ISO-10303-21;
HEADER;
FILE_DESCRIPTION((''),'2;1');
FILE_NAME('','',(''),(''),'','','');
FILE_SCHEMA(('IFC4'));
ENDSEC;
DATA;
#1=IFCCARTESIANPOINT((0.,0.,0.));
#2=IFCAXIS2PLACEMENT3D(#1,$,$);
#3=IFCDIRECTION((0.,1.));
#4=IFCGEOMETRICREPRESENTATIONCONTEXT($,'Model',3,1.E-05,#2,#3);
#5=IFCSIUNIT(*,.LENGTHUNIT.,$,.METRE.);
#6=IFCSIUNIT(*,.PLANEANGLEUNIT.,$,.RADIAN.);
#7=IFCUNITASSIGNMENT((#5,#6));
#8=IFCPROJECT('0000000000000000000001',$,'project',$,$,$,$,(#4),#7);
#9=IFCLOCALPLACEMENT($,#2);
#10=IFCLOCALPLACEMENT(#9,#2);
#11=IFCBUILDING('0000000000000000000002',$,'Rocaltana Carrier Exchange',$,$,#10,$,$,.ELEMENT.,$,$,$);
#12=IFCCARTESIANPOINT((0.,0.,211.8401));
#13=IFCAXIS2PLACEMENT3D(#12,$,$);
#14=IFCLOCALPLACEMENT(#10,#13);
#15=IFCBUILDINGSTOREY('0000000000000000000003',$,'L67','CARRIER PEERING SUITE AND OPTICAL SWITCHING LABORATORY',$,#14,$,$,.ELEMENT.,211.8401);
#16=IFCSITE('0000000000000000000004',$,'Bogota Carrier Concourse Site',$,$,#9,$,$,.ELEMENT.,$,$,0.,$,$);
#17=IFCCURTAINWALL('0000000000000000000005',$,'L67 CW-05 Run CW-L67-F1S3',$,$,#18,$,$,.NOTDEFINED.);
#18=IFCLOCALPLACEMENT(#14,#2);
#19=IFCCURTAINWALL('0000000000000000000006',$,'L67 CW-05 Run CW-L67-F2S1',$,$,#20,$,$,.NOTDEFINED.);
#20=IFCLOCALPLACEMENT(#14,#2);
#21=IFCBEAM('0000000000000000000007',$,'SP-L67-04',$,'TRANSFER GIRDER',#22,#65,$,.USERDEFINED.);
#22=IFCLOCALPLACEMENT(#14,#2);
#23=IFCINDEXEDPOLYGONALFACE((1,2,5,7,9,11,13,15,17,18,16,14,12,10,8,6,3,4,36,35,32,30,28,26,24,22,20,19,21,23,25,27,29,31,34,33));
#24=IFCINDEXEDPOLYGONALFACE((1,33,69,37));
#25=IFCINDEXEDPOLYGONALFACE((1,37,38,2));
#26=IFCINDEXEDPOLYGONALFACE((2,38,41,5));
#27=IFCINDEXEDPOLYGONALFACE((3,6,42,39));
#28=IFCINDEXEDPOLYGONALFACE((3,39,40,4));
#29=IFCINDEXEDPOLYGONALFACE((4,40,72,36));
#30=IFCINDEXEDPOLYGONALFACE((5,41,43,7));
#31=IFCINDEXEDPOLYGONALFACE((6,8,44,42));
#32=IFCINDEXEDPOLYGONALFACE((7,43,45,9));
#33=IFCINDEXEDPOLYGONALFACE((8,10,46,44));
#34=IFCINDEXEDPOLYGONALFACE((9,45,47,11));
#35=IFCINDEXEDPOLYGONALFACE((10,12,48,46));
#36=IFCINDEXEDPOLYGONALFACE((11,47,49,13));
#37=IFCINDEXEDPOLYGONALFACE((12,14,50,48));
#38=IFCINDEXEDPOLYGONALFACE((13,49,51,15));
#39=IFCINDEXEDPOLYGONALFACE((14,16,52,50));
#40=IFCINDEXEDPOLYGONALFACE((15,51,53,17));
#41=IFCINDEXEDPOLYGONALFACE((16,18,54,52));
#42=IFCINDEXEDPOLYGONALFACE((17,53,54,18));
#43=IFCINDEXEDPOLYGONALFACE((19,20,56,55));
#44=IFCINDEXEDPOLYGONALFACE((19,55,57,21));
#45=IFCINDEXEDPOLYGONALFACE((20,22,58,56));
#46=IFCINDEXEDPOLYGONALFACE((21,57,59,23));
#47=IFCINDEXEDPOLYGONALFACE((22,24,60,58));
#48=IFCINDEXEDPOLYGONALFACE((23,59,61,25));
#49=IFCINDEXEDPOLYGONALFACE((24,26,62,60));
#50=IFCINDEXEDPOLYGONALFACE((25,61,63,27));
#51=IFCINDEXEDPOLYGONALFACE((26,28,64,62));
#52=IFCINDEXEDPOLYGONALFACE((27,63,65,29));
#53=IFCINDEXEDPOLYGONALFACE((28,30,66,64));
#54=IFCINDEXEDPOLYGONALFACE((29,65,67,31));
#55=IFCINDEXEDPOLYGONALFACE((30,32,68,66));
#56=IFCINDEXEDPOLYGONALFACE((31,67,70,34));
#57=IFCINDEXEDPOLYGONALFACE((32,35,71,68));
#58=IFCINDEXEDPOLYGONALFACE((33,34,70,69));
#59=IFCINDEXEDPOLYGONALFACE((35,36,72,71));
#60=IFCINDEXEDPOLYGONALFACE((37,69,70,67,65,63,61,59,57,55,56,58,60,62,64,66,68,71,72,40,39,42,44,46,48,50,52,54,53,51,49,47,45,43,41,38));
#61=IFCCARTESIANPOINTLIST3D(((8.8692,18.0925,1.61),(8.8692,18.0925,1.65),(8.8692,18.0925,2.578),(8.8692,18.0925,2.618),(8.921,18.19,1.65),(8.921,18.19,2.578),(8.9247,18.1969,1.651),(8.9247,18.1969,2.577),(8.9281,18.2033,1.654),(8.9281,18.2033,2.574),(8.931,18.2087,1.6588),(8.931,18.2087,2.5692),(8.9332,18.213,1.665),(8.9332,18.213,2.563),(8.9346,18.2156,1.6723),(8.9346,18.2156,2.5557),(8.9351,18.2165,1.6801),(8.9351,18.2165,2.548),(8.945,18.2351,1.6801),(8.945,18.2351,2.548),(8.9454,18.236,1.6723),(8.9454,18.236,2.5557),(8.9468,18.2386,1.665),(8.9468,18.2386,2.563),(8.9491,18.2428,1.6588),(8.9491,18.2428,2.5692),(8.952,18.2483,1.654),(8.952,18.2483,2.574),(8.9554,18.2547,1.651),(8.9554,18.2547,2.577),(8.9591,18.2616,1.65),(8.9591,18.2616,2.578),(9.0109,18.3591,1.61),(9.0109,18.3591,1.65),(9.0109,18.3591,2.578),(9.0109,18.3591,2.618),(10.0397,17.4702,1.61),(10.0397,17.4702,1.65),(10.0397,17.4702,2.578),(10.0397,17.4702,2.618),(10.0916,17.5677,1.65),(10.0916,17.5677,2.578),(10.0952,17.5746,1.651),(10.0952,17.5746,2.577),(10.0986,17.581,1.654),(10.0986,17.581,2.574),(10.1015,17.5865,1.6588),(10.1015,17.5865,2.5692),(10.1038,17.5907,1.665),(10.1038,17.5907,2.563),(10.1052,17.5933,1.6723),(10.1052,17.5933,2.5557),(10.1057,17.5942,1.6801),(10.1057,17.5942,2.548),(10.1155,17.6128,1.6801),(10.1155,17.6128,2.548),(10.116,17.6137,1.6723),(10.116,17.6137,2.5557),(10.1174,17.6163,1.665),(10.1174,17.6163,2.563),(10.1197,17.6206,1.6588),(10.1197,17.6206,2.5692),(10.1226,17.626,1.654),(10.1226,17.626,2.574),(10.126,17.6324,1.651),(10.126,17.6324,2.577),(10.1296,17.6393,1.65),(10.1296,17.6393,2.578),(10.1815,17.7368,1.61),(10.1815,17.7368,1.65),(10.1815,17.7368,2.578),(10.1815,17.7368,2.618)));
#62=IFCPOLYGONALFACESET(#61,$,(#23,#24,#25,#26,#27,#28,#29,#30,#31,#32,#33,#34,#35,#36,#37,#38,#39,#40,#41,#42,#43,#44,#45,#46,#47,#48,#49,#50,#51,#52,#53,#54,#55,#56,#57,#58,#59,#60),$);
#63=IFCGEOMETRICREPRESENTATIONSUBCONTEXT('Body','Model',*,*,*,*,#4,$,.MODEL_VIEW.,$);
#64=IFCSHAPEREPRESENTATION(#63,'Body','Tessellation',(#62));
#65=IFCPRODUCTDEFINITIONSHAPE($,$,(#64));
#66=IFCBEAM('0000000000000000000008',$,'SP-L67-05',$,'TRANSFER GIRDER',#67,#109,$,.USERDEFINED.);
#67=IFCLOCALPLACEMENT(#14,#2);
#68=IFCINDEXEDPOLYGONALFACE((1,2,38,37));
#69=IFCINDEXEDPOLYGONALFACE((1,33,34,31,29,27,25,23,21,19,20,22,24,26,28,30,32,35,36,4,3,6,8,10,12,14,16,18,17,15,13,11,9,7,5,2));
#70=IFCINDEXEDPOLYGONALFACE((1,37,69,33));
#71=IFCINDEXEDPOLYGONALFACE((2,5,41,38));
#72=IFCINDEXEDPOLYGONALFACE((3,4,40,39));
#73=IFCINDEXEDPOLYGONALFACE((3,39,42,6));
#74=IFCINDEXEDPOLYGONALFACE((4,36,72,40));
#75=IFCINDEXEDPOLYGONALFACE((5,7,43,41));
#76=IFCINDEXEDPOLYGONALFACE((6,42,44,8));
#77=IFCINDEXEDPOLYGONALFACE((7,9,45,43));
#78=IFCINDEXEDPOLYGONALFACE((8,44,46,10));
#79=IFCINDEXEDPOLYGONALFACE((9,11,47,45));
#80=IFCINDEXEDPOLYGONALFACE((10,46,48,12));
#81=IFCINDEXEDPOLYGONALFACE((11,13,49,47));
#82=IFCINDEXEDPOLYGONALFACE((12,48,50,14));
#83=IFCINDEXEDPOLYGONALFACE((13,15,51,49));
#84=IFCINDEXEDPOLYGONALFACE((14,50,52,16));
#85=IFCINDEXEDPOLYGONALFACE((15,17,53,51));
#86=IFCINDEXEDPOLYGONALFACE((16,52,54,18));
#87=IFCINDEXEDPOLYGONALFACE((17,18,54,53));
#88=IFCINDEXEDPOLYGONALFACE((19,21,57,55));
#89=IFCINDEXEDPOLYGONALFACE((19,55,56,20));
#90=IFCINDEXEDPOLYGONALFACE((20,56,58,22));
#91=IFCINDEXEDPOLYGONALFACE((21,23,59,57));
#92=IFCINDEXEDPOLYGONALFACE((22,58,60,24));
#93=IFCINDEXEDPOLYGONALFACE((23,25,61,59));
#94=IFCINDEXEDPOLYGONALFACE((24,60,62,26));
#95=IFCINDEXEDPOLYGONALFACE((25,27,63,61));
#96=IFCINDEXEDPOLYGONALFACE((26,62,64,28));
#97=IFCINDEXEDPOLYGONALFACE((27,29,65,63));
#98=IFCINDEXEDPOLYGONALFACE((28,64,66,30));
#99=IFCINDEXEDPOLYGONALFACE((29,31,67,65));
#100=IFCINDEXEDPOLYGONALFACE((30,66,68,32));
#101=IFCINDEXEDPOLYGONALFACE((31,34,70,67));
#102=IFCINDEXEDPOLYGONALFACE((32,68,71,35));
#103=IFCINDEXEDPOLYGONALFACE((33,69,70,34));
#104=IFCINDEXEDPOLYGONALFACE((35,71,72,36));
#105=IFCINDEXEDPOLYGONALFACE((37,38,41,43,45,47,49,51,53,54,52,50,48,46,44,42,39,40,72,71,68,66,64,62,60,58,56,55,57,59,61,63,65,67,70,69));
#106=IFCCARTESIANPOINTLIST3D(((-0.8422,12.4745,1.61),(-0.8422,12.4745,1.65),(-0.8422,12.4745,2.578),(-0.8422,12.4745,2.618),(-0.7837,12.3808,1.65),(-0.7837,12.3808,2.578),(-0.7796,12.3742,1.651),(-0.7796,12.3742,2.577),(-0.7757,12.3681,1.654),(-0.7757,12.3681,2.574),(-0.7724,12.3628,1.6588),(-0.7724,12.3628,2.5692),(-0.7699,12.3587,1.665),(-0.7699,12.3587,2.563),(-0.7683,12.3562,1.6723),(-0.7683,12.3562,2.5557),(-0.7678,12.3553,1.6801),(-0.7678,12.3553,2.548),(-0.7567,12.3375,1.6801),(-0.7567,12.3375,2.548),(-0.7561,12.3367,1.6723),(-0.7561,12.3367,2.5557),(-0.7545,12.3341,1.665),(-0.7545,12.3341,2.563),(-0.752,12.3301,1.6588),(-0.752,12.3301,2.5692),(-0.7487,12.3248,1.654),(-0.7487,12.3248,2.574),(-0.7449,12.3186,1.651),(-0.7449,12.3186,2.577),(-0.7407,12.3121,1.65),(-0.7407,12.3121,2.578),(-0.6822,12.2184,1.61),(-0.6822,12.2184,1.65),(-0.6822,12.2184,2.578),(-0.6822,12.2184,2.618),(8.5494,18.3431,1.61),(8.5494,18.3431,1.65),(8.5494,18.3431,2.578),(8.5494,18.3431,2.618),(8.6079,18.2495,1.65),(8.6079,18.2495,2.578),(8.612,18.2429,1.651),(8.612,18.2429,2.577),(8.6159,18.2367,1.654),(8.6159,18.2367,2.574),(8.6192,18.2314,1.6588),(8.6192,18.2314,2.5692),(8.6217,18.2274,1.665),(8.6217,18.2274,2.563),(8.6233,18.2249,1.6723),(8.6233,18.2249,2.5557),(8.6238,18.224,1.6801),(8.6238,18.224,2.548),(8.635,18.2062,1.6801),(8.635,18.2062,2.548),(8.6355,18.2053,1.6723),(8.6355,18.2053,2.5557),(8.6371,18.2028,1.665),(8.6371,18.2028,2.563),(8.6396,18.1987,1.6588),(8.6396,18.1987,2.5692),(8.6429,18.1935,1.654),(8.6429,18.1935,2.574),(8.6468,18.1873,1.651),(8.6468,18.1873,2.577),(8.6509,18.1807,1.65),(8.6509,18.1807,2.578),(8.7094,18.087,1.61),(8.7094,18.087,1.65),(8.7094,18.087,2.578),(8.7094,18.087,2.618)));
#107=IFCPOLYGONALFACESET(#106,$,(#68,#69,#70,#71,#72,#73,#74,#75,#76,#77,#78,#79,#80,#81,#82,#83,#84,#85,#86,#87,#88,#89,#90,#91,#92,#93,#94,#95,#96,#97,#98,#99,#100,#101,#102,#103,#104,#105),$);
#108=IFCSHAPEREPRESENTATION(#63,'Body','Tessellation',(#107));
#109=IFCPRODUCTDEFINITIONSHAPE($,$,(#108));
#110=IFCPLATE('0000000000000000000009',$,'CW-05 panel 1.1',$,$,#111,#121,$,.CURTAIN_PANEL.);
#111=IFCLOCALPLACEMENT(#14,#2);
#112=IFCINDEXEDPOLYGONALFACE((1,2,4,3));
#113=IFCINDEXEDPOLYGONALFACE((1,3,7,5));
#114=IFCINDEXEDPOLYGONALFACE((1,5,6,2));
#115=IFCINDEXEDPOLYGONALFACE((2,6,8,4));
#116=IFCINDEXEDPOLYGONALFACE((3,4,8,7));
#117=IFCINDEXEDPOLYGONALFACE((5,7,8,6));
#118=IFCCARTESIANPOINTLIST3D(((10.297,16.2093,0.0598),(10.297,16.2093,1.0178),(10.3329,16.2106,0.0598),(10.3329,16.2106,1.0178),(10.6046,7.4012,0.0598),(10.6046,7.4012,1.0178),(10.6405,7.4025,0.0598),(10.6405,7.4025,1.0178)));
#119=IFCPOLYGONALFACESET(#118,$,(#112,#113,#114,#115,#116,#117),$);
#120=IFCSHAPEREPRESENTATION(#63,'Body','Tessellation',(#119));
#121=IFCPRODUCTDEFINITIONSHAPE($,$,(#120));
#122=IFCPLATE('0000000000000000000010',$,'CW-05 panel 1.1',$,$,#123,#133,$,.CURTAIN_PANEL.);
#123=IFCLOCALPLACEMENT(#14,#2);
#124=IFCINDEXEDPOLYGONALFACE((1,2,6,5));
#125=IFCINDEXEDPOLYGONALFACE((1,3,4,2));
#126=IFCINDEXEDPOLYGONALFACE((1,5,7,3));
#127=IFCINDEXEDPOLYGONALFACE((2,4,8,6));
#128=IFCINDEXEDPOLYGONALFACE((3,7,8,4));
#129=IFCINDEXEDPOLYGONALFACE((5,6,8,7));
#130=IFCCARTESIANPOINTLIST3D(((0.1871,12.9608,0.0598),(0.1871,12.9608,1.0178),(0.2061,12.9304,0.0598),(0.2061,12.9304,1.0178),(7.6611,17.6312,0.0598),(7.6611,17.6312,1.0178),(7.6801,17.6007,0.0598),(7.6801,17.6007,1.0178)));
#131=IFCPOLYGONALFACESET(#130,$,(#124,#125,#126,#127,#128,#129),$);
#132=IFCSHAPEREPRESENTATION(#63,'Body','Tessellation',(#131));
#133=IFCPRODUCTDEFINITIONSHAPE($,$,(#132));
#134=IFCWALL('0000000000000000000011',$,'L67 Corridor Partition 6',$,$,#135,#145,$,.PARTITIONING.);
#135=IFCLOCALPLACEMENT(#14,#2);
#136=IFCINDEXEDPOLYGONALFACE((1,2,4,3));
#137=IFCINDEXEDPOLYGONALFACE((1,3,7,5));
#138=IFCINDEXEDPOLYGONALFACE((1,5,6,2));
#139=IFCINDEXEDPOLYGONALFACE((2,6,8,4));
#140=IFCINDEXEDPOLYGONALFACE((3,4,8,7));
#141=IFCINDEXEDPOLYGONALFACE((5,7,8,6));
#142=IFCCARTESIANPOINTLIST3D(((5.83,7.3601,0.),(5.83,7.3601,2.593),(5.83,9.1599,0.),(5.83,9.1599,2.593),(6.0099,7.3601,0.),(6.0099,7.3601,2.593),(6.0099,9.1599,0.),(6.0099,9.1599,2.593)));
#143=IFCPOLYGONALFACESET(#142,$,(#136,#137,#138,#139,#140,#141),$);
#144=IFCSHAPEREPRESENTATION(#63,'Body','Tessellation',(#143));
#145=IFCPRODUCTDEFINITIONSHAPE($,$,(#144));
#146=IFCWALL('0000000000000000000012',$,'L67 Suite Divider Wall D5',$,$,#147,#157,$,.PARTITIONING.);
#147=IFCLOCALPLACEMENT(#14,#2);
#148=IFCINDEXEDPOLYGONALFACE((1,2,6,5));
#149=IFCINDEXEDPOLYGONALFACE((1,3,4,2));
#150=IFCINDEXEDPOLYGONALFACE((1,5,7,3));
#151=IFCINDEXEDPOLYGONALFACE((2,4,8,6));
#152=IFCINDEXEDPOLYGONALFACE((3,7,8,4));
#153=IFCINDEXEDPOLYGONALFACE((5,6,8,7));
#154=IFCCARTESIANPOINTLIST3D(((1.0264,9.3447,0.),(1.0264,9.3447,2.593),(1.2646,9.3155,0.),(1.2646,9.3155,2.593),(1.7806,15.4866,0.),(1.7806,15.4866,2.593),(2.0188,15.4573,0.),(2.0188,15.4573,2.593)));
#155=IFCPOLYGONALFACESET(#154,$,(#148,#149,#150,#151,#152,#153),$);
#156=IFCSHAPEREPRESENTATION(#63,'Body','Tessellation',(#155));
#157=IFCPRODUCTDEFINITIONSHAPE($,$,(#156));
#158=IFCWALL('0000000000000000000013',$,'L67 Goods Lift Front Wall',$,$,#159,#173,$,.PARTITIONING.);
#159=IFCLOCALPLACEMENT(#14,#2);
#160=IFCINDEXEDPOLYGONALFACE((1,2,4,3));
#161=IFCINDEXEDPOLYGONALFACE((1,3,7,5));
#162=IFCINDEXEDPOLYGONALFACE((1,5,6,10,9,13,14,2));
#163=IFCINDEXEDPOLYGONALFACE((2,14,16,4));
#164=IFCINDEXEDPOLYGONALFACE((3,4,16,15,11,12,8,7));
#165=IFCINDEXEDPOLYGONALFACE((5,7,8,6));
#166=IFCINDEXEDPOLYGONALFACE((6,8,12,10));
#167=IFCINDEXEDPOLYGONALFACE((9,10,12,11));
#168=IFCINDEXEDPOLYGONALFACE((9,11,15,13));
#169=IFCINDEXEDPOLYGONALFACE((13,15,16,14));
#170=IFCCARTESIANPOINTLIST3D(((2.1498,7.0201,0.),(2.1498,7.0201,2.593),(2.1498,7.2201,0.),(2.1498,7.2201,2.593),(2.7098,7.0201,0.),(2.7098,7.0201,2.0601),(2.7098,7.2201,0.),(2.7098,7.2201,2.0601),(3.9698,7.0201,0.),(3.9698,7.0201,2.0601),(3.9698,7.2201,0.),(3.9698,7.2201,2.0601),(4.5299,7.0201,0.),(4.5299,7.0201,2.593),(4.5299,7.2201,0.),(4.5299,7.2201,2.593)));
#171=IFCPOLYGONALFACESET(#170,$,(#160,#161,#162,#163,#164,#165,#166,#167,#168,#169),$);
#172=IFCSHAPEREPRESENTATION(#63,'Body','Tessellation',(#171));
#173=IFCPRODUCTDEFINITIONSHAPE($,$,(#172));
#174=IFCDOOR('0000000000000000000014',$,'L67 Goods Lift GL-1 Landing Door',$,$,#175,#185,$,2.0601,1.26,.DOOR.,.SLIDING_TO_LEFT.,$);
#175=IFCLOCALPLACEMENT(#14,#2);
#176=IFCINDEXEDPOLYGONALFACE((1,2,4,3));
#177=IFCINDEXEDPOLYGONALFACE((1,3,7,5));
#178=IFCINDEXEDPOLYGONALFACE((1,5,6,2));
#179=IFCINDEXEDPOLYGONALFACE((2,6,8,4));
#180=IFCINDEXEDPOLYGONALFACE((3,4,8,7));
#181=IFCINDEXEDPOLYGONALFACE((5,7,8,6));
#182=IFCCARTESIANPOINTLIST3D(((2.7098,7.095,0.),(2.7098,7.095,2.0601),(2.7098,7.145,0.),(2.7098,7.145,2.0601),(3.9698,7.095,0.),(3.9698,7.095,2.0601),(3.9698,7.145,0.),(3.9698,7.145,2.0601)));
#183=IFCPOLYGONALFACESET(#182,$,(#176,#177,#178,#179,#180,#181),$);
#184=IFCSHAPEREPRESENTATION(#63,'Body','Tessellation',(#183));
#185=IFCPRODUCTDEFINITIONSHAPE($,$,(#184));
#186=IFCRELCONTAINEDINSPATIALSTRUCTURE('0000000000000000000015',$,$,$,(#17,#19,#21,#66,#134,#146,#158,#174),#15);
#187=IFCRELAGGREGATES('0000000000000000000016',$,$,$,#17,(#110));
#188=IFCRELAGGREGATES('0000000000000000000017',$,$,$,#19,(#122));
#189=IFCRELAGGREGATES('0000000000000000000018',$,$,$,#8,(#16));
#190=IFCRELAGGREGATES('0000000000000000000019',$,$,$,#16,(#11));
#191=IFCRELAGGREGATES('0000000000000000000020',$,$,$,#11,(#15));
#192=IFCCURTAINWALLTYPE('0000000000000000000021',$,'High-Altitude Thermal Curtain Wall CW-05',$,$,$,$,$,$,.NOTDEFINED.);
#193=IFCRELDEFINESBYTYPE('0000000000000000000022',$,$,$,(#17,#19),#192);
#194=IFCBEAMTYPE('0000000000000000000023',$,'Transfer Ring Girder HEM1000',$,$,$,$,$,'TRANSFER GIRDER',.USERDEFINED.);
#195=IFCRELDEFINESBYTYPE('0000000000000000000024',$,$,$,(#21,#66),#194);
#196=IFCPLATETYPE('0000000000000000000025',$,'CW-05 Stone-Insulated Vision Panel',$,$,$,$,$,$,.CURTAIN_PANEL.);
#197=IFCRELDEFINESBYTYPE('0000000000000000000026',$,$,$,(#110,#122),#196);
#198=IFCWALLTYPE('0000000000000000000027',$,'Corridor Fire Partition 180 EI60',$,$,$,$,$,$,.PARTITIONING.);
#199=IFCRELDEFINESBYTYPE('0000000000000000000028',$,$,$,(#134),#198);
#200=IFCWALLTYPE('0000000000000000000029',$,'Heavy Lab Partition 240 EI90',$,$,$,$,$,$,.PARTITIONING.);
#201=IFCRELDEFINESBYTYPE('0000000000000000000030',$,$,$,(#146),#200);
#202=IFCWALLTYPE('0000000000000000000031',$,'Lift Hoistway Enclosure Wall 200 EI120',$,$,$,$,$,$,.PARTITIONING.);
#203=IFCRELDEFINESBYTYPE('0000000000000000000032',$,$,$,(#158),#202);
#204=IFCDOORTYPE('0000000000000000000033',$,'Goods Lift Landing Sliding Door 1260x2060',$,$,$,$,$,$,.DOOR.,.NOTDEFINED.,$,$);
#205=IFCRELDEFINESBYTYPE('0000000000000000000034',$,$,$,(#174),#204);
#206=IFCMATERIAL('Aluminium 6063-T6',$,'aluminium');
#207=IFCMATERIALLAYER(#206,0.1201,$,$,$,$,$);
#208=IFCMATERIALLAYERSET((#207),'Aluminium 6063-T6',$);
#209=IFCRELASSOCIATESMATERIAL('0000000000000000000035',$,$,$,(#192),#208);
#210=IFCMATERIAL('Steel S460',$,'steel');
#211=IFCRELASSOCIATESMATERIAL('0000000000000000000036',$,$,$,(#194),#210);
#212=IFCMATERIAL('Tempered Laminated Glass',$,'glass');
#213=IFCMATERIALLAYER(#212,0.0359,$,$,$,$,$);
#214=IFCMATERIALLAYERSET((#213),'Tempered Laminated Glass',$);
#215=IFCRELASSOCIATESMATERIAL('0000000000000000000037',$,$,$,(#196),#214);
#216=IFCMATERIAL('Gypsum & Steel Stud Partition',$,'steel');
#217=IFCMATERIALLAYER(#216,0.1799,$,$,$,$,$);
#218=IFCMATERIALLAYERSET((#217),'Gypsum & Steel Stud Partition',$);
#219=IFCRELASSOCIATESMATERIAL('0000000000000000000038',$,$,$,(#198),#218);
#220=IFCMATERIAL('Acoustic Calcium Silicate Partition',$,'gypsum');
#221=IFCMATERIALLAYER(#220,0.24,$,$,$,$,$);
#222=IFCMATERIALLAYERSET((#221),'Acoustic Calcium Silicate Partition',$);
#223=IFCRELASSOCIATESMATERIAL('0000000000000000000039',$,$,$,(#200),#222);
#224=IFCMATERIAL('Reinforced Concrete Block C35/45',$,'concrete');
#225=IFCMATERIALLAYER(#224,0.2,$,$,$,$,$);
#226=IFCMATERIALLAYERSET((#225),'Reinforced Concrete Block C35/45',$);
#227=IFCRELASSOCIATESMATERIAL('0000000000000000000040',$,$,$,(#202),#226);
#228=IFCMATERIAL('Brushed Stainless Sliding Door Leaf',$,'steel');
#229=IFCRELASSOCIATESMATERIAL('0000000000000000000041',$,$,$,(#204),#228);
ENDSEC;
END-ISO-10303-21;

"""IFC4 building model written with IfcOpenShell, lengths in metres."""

from ifc_helpers import new_model, si_unit, direction, frame, frame_2d, origin, origin_2d, place, context, subcontext, project, spatial, rectangle, i_section, extrude, material, layer, layer_set, material_profile, profile_set, type_object, element, fill, aggregate, save


model = new_model("IFC4")

# Units and contexts
model_context = context("Model", 3, precision=1e-05, world=origin(), true_north=direction((0.0, 1.0)))
body_context = subcontext(model_context, "Body", "Model", "MODEL_VIEW")
ifc_project = project(units=[si_unit("LENGTHUNIT", "METRE"), si_unit("PLANEANGLEUNIT", "RADIAN")], contexts=[model_context])

# Site, building, storey
site_placement = place(None, origin())
site = spatial("IfcSite", under=ifc_project, at=site_placement, Name="Bogota Carrier Concourse Site", CompositionType="ELEMENT", RefElevation=0.0)
building_placement = place(site_placement, origin())
building = spatial("IfcBuilding", under=site, at=building_placement, Name="Rocaltana Carrier Exchange", CompositionType="ELEMENT")
storey_placement = place(building_placement, frame((0.0, 0.0, 211.8401)))
storey = spatial("IfcBuildingStorey", under=building, at=storey_placement, Name="L67", Description="CARRIER PEERING SUITE AND OPTICAL SWITCHING LABORATORY", CompositionType="ELEMENT", Elevation=211.8401)

# Curtain walls
ifc_material_1 = material(Name="Aluminium 6063-T6", Category="aluminium")
ifc_layer_1 = layer(ifc_material_1, 0.1201)
ifc_layer_set_1 = layer_set([ifc_layer_1], Name="Aluminium 6063-T6")
curtain_wall_type = type_object("IfcCurtainWallType", Name="High-Altitude Thermal Curtain Wall CW-05", PredefinedType="NOTDEFINED", material=ifc_layer_set_1)
curtain_wall_1_placement = place(storey_placement, origin())
curtain_wall_1 = element("IfcCurtainWall", 1, at=curtain_wall_1_placement, inside=storey, type_object=curtain_wall_type, Name="L67 CW-05 Run CW-L67-F1S3", PredefinedType="NOTDEFINED")
curtain_wall_2_placement = place(storey_placement, origin())
curtain_wall_2 = element("IfcCurtainWall", 2, at=curtain_wall_2_placement, inside=storey, type_object=curtain_wall_type, Name="L67 CW-05 Run CW-L67-F2S1", PredefinedType="NOTDEFINED")

# Beams
ifc_material_2 = material(Name="Steel S460", Category="steel")
ifc_material_profile_1 = material_profile(ifc_material_2, i_section(OverallWidth=0.302, OverallDepth=1.0081, WebThickness=0.021, FlangeThickness=0.04, FilletRadius=0.03, at=origin_2d()), Name="HEM1000")
ifc_profile_set_1 = profile_set([ifc_material_profile_1], Name="Steel S460")
beam_type_1 = type_object("IfcBeamType", Name="Transfer Ring Girder HEM1000", ElementType="TRANSFER GIRDER", PredefinedType="USERDEFINED", material=ifc_profile_set_1)
beam_1_placement = place(storey_placement, frame((10.1106, 17.6035, 2.114), z_axis=(-0.882989, 0.469393, 0.0), x_axis=(-0.469393, -0.882989, 0.0)))
element("IfcBeam", 3, at=beam_1_placement, inside=storey, type_object=beam_type_1, Name="SP-L67-04", ObjectType="TRANSFER GIRDER", PredefinedType="USERDEFINED", context=body_context, shape_type="SweptSolid", body=[
    extrude(i_section(OverallWidth=0.302, OverallDepth=1.0081, WebThickness=0.021, FlangeThickness=0.04, FilletRadius=0.03, at=origin_2d()), origin(), (0.0, 0.0, 1.0), 1.3257),
])
beam_2_placement = place(storey_placement, frame((8.6294, 18.2151, 2.114), z_axis=(-0.848043, -0.529928, 0.0), x_axis=(0.529928, -0.848043, 0.0)))
element("IfcBeam", 4, at=beam_2_placement, inside=storey, type_object=beam_type_1, Name="SP-L67-05", ObjectType="TRANSFER GIRDER", PredefinedType="USERDEFINED", context=body_context, shape_type="SweptSolid", body=[
    extrude(i_section(OverallWidth=0.302, OverallDepth=1.0081, WebThickness=0.021, FlangeThickness=0.04, FilletRadius=0.03, at=origin_2d()), origin(), (0.0, 0.0, 1.0), 11.0745),
])

# Plates
ifc_material_3 = material(Name="Tempered Laminated Glass", Category="glass")
ifc_layer_2 = layer(ifc_material_3, 0.0359)
ifc_layer_set_2 = layer_set([ifc_layer_2], Name="Tempered Laminated Glass")
plate_type = type_object("IfcPlateType", Name="CW-05 Stone-Insulated Vision Panel", PredefinedType="CURTAIN_PANEL", material=ifc_layer_set_2)
plate_1_placement = place(storey_placement, frame((10.4688, 11.8059, 0.0598), z_axis=(0.0, 0.0, 1.0), x_axis=(-0.034903, 0.999391, 0.0)))
plate_1 = element("IfcPlate", 5, at=plate_1_placement, type_object=plate_type, Name="CW-05 panel 1.1", PredefinedType="CURTAIN_PANEL", context=body_context, shape_type="SweptSolid", body=[
    extrude(rectangle(XDim=8.8135, YDim=0.0359, at=origin_2d()), origin(), (0.0, 0.0, 1.0), 0.958),
])
aggregate(curtain_wall_1, [plate_1])
plate_2_placement = place(storey_placement, frame((3.9336, 15.2808, 0.0598), z_axis=(0.0, 0.0, 1.0), x_axis=(-0.848042, -0.529929, 0.0)))
plate_2 = element("IfcPlate", 6, at=plate_2_placement, type_object=plate_type, Name="CW-05 panel 1.1", PredefinedType="CURTAIN_PANEL", context=body_context, shape_type="SweptSolid", body=[
    extrude(rectangle(XDim=8.8132, YDim=0.0359, at=origin_2d()), origin(), (0.0, 0.0, 1.0), 0.958),
])
aggregate(curtain_wall_2, [plate_2])

# Walls
ifc_material_4 = material(Name="Gypsum & Steel Stud Partition", Category="steel")
ifc_layer_3 = layer(ifc_material_4, 0.1799)
ifc_layer_set_3 = layer_set([ifc_layer_3], Name="Gypsum & Steel Stud Partition")
wall_type_1 = type_object("IfcWallType", Name="Corridor Fire Partition 180 EI60", PredefinedType="PARTITIONING", material=ifc_layer_set_3)
wall_1_placement = place(storey_placement, frame((5.9199, 9.1599, 0.0), z_axis=(0.0, 0.0, 1.0), x_axis=(0.0, -1.0, 0.0)))
element("IfcWall", 7, at=wall_1_placement, inside=storey, type_object=wall_type_1, Name="L67 Corridor Partition 6", PredefinedType="PARTITIONING", context=body_context, shape_type="SweptSolid", body=[
    extrude(rectangle(XDim=1.7998, YDim=0.1799, at=frame_2d((0.8999, 0.0))), origin(), (0.0, 0.0, 1.0), 2.593),
])
ifc_material_5 = material(Name="Acoustic Calcium Silicate Partition", Category="gypsum")
ifc_layer_4 = layer(ifc_material_5, 0.24)
ifc_layer_set_4 = layer_set([ifc_layer_4], Name="Acoustic Calcium Silicate Partition")
wall_type_2 = type_object("IfcWallType", Name="Heavy Lab Partition 240 EI90", PredefinedType="PARTITIONING", material=ifc_layer_set_4)
wall_2_placement = place(storey_placement, frame((1.1455, 9.3301, 0.0), z_axis=(0.0, 0.0, 1.0), x_axis=(0.121874, 0.992546, 0.0)))
element("IfcWall", 8, at=wall_2_placement, inside=storey, type_object=wall_type_2, Name="L67 Suite Divider Wall D5", PredefinedType="PARTITIONING", context=body_context, shape_type="SweptSolid", body=[
    extrude(rectangle(XDim=6.188, YDim=0.24, at=frame_2d((3.094, 0.0))), origin(), (0.0, 0.0, 1.0), 2.593),
])

# Wall, opening, door
ifc_material_6 = material(Name="Reinforced Concrete Block C35/45", Category="concrete")
ifc_layer_5 = layer(ifc_material_6, 0.2)
ifc_layer_set_5 = layer_set([ifc_layer_5], Name="Reinforced Concrete Block C35/45")
wall_type_3 = type_object("IfcWallType", Name="Lift Hoistway Enclosure Wall 200 EI120", PredefinedType="PARTITIONING", material=ifc_layer_set_5)
wall_3_placement = place(storey_placement, frame((2.1499, 7.1201, 0.0), z_axis=(0.0, 0.0, 1.0), x_axis=(1.0, 0.0, 0.0)))
wall_3 = element("IfcWall", 9, at=wall_3_placement, inside=storey, type_object=wall_type_3, Name="L67 Goods Lift Front Wall", PredefinedType="PARTITIONING", context=body_context, shape_type="SweptSolid", body=[
    extrude(rectangle(XDim=2.3801, YDim=0.2, at=frame_2d((1.1899, 0.0))), origin(), (0.0, 0.0, 1.0), 2.593),
])
opening_1_placement = place(wall_3_placement, frame((0.5601, 0.0, 0.0)))
opening_1 = element("IfcOpeningElement", 10, at=opening_1_placement, cuts=wall_3, PredefinedType="OPENING", context=body_context, shape_type="SweptSolid", body=[
    extrude(rectangle(XDim=1.26, YDim=2.0601, at=frame_2d((0.6299, 1.03))), frame((0.0, 0.1099, 0.0), z_axis=(0.0, -1.0, 0.0), x_axis=(1.0, 0.0, 0.0)), (0.0, 0.0, 1.0), 0.22),
])
ifc_material_7 = material(Name="Brushed Stainless Sliding Door Leaf", Category="steel")
door_type_1 = type_object("IfcDoorType", Name="Goods Lift Landing Sliding Door 1260x2060", OperationType="NOTDEFINED", PredefinedType="DOOR", material=ifc_material_7)
door_1_placement = place(opening_1_placement, origin())
door_1 = element("IfcDoor", 11, at=door_1_placement, inside=storey, type_object=door_type_1, Name="L67 Goods Lift GL-1 Landing Door", OperationType="SLIDING_TO_LEFT", OverallHeight=2.0601, OverallWidth=1.26, PredefinedType="DOOR", context=body_context, shape_type="SweptSolid", body=[
    extrude(rectangle(XDim=1.26, YDim=2.0601, at=frame_2d((0.6299, 1.03))), frame((0.0, 0.0249, 0.0), z_axis=(0.0, -1.0, 0.0), x_axis=(1.0, 0.0, 0.0)), (0.0, 0.0, 1.0), 0.05),
])
fill(opening_1, door_1)

save(model, "model.ifc")
